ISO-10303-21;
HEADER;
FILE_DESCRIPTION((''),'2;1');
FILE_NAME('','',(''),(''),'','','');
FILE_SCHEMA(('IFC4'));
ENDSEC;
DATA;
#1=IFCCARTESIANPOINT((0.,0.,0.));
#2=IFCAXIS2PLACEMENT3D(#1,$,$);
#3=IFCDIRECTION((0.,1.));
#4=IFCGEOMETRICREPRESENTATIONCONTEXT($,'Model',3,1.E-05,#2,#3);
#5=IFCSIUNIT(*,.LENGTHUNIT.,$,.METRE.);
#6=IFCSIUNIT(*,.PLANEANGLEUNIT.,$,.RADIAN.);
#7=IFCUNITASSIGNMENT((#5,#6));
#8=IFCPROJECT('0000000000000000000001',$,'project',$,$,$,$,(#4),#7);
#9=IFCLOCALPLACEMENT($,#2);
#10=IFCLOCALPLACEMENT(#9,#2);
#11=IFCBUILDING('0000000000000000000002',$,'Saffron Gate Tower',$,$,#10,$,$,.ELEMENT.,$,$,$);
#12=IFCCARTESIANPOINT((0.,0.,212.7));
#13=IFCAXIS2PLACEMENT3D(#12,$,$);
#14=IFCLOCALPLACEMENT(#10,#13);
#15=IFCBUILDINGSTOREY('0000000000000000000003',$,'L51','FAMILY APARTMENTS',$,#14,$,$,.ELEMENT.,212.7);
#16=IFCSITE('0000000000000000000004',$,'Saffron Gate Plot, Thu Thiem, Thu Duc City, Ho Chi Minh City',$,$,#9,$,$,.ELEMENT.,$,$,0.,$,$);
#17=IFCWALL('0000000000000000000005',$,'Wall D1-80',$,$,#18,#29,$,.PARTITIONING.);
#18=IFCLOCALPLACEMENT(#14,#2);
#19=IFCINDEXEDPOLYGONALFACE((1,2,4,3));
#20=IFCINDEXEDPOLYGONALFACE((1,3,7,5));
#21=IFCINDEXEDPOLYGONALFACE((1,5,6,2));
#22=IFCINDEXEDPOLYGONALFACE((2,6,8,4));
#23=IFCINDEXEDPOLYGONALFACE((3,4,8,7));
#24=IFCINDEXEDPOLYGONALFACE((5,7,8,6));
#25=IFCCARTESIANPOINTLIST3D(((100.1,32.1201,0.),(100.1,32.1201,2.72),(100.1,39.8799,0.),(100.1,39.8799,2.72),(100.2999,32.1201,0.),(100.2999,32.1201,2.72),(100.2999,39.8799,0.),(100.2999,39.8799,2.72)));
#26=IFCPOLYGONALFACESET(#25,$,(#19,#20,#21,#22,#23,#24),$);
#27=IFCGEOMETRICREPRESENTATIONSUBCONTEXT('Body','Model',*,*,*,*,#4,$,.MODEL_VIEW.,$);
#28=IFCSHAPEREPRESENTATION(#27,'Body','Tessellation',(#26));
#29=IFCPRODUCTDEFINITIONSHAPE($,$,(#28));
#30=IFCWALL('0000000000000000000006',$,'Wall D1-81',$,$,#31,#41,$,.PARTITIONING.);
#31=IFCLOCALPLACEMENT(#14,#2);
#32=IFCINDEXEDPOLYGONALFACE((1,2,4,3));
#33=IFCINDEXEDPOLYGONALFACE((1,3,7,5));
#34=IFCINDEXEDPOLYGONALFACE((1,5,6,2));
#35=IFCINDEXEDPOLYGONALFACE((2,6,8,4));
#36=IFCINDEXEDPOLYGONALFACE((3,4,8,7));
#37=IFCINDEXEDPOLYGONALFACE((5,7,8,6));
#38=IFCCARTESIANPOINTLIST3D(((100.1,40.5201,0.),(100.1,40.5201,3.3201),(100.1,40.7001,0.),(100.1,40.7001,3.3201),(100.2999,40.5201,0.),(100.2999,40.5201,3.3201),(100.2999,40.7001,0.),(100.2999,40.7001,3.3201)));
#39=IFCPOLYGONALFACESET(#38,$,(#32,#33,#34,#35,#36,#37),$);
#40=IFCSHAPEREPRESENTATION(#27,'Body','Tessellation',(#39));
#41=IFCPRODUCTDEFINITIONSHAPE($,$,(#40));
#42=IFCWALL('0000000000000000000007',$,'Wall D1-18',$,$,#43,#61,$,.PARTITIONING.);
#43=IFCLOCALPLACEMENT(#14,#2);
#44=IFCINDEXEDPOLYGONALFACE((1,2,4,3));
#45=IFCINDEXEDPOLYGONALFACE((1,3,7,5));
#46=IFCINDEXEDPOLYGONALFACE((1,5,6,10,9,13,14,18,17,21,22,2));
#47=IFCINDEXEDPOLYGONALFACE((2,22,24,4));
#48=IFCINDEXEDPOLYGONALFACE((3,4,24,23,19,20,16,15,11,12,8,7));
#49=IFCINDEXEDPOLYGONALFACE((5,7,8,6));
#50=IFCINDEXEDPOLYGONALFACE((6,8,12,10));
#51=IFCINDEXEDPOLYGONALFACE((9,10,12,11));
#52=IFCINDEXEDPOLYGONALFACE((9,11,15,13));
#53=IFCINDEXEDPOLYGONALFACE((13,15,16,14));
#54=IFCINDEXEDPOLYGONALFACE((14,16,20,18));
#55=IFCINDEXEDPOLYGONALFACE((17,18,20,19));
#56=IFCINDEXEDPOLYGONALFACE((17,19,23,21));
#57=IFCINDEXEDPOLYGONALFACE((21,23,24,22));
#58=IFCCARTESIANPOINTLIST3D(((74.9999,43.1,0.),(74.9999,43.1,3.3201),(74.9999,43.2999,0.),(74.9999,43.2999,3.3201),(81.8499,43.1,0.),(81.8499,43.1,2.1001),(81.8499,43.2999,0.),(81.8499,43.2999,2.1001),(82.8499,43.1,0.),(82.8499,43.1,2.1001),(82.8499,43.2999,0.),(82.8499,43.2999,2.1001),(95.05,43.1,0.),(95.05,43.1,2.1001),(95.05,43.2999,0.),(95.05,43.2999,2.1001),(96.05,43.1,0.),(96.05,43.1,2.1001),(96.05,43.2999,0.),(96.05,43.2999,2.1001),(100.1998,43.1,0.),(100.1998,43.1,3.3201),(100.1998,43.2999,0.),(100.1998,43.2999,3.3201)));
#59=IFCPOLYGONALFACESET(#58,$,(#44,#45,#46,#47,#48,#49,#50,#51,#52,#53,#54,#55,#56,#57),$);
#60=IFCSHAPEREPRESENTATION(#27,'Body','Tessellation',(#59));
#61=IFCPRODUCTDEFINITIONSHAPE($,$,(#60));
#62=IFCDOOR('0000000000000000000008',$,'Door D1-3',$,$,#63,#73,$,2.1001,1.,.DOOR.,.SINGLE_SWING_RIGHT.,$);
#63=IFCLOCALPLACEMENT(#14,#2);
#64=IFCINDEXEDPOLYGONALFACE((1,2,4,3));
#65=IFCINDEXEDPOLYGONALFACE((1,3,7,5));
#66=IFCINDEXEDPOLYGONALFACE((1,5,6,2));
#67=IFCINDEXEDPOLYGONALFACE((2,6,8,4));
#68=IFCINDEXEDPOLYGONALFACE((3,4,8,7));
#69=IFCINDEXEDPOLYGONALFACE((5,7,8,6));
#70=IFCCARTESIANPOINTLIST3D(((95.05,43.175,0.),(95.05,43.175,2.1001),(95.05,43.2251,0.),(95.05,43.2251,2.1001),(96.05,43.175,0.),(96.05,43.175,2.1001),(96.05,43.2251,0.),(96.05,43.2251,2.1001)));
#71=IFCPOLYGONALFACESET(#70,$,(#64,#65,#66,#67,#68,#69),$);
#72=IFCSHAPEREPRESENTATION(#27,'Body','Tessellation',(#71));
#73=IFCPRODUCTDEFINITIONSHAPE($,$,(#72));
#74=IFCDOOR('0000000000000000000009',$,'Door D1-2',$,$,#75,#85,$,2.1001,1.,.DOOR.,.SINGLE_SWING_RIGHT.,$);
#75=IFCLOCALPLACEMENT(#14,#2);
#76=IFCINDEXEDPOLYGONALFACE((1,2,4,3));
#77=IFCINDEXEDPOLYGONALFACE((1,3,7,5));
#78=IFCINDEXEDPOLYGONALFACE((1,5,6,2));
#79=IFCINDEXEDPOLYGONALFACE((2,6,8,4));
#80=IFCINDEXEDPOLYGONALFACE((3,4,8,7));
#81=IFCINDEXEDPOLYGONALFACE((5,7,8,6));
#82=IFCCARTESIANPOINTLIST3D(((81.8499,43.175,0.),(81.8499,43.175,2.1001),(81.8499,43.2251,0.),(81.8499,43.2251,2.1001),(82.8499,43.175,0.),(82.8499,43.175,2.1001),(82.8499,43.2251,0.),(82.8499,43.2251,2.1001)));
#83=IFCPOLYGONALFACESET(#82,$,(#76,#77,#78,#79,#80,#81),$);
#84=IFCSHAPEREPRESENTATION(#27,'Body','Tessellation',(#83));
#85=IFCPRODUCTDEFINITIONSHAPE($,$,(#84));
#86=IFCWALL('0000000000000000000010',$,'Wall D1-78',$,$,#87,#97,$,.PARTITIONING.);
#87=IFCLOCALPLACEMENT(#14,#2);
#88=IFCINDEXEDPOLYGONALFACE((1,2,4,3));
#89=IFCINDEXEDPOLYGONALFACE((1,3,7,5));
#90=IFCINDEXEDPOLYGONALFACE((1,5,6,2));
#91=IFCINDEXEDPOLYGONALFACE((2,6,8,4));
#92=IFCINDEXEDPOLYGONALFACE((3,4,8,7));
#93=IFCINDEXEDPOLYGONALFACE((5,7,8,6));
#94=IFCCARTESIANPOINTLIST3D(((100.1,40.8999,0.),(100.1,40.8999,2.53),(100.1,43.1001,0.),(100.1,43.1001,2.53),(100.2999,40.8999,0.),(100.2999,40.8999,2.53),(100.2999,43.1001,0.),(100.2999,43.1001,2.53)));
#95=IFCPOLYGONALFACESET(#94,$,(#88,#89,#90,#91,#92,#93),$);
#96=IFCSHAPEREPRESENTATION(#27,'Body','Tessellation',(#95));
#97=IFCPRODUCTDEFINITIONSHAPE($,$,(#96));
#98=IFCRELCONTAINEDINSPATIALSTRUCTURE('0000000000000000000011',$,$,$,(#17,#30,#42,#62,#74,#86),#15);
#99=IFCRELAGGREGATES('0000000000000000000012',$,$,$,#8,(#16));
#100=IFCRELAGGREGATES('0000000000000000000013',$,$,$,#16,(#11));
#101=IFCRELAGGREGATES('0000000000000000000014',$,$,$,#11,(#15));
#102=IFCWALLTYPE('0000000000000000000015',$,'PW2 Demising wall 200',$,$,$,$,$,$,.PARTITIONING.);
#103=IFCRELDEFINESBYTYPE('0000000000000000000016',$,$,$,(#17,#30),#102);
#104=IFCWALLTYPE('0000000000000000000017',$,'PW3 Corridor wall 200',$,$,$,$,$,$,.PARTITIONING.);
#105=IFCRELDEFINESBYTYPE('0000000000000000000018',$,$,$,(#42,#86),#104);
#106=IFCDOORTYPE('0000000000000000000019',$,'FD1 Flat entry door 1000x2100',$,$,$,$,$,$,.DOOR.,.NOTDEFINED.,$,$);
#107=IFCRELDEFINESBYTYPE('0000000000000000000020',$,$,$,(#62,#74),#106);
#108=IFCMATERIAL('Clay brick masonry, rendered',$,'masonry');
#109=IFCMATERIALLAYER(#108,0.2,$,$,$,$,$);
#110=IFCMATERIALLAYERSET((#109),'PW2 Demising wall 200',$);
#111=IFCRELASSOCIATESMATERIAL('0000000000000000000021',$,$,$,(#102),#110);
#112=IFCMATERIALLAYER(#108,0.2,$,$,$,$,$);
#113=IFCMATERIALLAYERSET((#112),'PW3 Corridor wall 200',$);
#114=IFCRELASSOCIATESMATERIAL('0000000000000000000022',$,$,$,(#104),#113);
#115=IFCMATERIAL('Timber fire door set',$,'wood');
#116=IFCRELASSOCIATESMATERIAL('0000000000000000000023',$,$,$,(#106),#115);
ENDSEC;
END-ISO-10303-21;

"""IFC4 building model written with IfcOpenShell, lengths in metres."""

from ifc_helpers import new_model, si_unit, direction, frame, frame_2d, origin, place, context, subcontext, project, spatial, rectangle, extrude, material, layer, layer_set, type_object, element, fill, save


model = new_model("IFC4")

# Units and contexts
model_context = context("Model", 3, precision=1e-05, world=origin(), true_north=direction((0.0, 1.0)))
body_context = subcontext(model_context, "Body", "Model", "MODEL_VIEW")
ifc_project = project(units=[si_unit("LENGTHUNIT", "METRE"), si_unit("PLANEANGLEUNIT", "RADIAN")], contexts=[model_context])

# Site, building, storey
site_placement = place(None, origin())
site = spatial("IfcSite", under=ifc_project, at=site_placement, Name="Saffron Gate Plot, Thu Thiem, Thu Duc City, Ho Chi Minh City", CompositionType="ELEMENT", RefElevation=0.0)
building_placement = place(site_placement, origin())
building = spatial("IfcBuilding", under=site, at=building_placement, Name="Saffron Gate Tower", CompositionType="ELEMENT")
storey_placement = place(building_placement, frame((0.0, 0.0, 212.7)))
storey = spatial("IfcBuildingStorey", under=building, at=storey_placement, Name="L51", Description="FAMILY APARTMENTS", CompositionType="ELEMENT", Elevation=212.7)

# Walls
ifc_material_1 = material(Name="Clay brick masonry, rendered", Category="masonry")
ifc_layer_1 = layer(ifc_material_1, 0.2)
ifc_layer_set_1 = layer_set([ifc_layer_1], Name="PW2 Demising wall 200")
wall_type_1 = type_object("IfcWallType", Name="PW2 Demising wall 200", PredefinedType="PARTITIONING", material=ifc_layer_set_1)
wall_1_placement = place(storey_placement, frame((100.2, 39.8799, 0.0), z_axis=(0.0, 0.0, 1.0), x_axis=(0.0, -1.0, 0.0)))
element("IfcWall", 1, at=wall_1_placement, inside=storey, type_object=wall_type_1, Name="Wall D1-80", PredefinedType="PARTITIONING", context=body_context, shape_type="SweptSolid", body=[
    extrude(rectangle(XDim=7.7598, YDim=0.2, at=frame_2d((3.8799, 0.0))), origin(), (0.0, 0.0, 1.0), 2.72),
])
wall_2_placement = place(storey_placement, frame((100.2, 40.7, 0.0), z_axis=(0.0, 0.0, 1.0), x_axis=(0.0, -1.0, 0.0)))
element("IfcWall", 2, at=wall_2_placement, inside=storey, type_object=wall_type_1, Name="Wall D1-81", PredefinedType="PARTITIONING", context=body_context, shape_type="SweptSolid", body=[
    extrude(rectangle(XDim=0.1799, YDim=0.2, at=frame_2d((0.0898, 0.0))), origin(), (0.0, 0.0, 1.0), 3.3201),
])

# Wall, openings, doors
ifc_layer_2 = layer(ifc_material_1, 0.2)
ifc_layer_set_2 = layer_set([ifc_layer_2], Name="PW3 Corridor wall 200")
wall_type_2 = type_object("IfcWallType", Name="PW3 Corridor wall 200", PredefinedType="PARTITIONING", material=ifc_layer_set_2)
wall_3_placement = place(storey_placement, frame((100.2, 43.2, 0.0), z_axis=(0.0, 0.0, 1.0), x_axis=(-1.0, 0.0, 0.0)))
wall_3 = element("IfcWall", 3, at=wall_3_placement, inside=storey, type_object=wall_type_2, Name="Wall D1-18", PredefinedType="PARTITIONING", context=body_context, shape_type="SweptSolid", body=[
    extrude(rectangle(XDim=25.2, YDim=0.2, at=frame_2d((12.6001, 0.0))), origin(), (0.0, 0.0, 1.0), 3.3201),
])
opening_1_placement = place(wall_3_placement, frame((4.1499, 0.0, 0.0)))
opening_1 = element("IfcOpeningElement", 4, at=opening_1_placement, cuts=wall_3, PredefinedType="OPENING", context=body_context, shape_type="SweptSolid", body=[
    extrude(rectangle(XDim=1.0, YDim=2.1001, at=frame_2d((0.5, 1.05))), frame((0.0, 0.1099, 0.0), z_axis=(0.0, -1.0, 0.0), x_axis=(1.0, 0.0, 0.0)), (0.0, 0.0, 1.0), 0.22),
])
opening_2_placement = place(wall_3_placement, frame((17.3501, 0.0, 0.0)))
opening_2 = element("IfcOpeningElement", 5, at=opening_2_placement, cuts=wall_3, PredefinedType="OPENING", context=body_context, shape_type="SweptSolid", body=[
    extrude(rectangle(XDim=1.0, YDim=2.1001, at=frame_2d((0.5, 1.05))), frame((0.0, 0.1099, 0.0), z_axis=(0.0, -1.0, 0.0), x_axis=(1.0, 0.0, 0.0)), (0.0, 0.0, 1.0), 0.22),
])
ifc_material_2 = material(Name="Timber fire door set", Category="wood")
door_type_1 = type_object("IfcDoorType", Name="FD1 Flat entry door 1000x2100", OperationType="NOTDEFINED", PredefinedType="DOOR", material=ifc_material_2)
door_1_placement = place(opening_1_placement, origin())
door_1 = element("IfcDoor", 6, at=door_1_placement, inside=storey, type_object=door_type_1, Name="Door D1-3", OperationType="SINGLE_SWING_RIGHT", OverallHeight=2.1001, OverallWidth=1.0, PredefinedType="DOOR", context=body_context, shape_type="SweptSolid", body=[
    extrude(rectangle(XDim=1.0, YDim=2.1001, at=frame_2d((0.5, 1.05))), frame((0.0, 0.0249, 0.0), z_axis=(0.0, -1.0, 0.0), x_axis=(1.0, 0.0, 0.0)), (0.0, 0.0, 1.0), 0.05),
])
fill(opening_1, door_1)
door_2_placement = place(opening_2_placement, origin())
door_2 = element("IfcDoor", 7, at=door_2_placement, inside=storey, type_object=door_type_1, Name="Door D1-2", OperationType="SINGLE_SWING_RIGHT", OverallHeight=2.1001, OverallWidth=1.0, PredefinedType="DOOR", context=body_context, shape_type="SweptSolid", body=[
    extrude(rectangle(XDim=1.0, YDim=2.1001, at=frame_2d((0.5, 1.05))), frame((0.0, 0.0249, 0.0), z_axis=(0.0, -1.0, 0.0), x_axis=(1.0, 0.0, 0.0)), (0.0, 0.0, 1.0), 0.05),
])
fill(opening_2, door_2)

# Wall
wall_4_placement = place(storey_placement, frame((100.2, 43.1001, 0.0), z_axis=(0.0, 0.0, 1.0), x_axis=(0.0, -1.0, 0.0)))
element("IfcWall", 8, at=wall_4_placement, inside=storey, type_object=wall_type_2, Name="Wall D1-78", PredefinedType="PARTITIONING", context=body_context, shape_type="SweptSolid", body=[
    extrude(rectangle(XDim=2.2002, YDim=0.2, at=frame_2d((1.1001, 0.0))), origin(), (0.0, 0.0, 1.0), 2.53),
])

save(model, "model.ifc")
